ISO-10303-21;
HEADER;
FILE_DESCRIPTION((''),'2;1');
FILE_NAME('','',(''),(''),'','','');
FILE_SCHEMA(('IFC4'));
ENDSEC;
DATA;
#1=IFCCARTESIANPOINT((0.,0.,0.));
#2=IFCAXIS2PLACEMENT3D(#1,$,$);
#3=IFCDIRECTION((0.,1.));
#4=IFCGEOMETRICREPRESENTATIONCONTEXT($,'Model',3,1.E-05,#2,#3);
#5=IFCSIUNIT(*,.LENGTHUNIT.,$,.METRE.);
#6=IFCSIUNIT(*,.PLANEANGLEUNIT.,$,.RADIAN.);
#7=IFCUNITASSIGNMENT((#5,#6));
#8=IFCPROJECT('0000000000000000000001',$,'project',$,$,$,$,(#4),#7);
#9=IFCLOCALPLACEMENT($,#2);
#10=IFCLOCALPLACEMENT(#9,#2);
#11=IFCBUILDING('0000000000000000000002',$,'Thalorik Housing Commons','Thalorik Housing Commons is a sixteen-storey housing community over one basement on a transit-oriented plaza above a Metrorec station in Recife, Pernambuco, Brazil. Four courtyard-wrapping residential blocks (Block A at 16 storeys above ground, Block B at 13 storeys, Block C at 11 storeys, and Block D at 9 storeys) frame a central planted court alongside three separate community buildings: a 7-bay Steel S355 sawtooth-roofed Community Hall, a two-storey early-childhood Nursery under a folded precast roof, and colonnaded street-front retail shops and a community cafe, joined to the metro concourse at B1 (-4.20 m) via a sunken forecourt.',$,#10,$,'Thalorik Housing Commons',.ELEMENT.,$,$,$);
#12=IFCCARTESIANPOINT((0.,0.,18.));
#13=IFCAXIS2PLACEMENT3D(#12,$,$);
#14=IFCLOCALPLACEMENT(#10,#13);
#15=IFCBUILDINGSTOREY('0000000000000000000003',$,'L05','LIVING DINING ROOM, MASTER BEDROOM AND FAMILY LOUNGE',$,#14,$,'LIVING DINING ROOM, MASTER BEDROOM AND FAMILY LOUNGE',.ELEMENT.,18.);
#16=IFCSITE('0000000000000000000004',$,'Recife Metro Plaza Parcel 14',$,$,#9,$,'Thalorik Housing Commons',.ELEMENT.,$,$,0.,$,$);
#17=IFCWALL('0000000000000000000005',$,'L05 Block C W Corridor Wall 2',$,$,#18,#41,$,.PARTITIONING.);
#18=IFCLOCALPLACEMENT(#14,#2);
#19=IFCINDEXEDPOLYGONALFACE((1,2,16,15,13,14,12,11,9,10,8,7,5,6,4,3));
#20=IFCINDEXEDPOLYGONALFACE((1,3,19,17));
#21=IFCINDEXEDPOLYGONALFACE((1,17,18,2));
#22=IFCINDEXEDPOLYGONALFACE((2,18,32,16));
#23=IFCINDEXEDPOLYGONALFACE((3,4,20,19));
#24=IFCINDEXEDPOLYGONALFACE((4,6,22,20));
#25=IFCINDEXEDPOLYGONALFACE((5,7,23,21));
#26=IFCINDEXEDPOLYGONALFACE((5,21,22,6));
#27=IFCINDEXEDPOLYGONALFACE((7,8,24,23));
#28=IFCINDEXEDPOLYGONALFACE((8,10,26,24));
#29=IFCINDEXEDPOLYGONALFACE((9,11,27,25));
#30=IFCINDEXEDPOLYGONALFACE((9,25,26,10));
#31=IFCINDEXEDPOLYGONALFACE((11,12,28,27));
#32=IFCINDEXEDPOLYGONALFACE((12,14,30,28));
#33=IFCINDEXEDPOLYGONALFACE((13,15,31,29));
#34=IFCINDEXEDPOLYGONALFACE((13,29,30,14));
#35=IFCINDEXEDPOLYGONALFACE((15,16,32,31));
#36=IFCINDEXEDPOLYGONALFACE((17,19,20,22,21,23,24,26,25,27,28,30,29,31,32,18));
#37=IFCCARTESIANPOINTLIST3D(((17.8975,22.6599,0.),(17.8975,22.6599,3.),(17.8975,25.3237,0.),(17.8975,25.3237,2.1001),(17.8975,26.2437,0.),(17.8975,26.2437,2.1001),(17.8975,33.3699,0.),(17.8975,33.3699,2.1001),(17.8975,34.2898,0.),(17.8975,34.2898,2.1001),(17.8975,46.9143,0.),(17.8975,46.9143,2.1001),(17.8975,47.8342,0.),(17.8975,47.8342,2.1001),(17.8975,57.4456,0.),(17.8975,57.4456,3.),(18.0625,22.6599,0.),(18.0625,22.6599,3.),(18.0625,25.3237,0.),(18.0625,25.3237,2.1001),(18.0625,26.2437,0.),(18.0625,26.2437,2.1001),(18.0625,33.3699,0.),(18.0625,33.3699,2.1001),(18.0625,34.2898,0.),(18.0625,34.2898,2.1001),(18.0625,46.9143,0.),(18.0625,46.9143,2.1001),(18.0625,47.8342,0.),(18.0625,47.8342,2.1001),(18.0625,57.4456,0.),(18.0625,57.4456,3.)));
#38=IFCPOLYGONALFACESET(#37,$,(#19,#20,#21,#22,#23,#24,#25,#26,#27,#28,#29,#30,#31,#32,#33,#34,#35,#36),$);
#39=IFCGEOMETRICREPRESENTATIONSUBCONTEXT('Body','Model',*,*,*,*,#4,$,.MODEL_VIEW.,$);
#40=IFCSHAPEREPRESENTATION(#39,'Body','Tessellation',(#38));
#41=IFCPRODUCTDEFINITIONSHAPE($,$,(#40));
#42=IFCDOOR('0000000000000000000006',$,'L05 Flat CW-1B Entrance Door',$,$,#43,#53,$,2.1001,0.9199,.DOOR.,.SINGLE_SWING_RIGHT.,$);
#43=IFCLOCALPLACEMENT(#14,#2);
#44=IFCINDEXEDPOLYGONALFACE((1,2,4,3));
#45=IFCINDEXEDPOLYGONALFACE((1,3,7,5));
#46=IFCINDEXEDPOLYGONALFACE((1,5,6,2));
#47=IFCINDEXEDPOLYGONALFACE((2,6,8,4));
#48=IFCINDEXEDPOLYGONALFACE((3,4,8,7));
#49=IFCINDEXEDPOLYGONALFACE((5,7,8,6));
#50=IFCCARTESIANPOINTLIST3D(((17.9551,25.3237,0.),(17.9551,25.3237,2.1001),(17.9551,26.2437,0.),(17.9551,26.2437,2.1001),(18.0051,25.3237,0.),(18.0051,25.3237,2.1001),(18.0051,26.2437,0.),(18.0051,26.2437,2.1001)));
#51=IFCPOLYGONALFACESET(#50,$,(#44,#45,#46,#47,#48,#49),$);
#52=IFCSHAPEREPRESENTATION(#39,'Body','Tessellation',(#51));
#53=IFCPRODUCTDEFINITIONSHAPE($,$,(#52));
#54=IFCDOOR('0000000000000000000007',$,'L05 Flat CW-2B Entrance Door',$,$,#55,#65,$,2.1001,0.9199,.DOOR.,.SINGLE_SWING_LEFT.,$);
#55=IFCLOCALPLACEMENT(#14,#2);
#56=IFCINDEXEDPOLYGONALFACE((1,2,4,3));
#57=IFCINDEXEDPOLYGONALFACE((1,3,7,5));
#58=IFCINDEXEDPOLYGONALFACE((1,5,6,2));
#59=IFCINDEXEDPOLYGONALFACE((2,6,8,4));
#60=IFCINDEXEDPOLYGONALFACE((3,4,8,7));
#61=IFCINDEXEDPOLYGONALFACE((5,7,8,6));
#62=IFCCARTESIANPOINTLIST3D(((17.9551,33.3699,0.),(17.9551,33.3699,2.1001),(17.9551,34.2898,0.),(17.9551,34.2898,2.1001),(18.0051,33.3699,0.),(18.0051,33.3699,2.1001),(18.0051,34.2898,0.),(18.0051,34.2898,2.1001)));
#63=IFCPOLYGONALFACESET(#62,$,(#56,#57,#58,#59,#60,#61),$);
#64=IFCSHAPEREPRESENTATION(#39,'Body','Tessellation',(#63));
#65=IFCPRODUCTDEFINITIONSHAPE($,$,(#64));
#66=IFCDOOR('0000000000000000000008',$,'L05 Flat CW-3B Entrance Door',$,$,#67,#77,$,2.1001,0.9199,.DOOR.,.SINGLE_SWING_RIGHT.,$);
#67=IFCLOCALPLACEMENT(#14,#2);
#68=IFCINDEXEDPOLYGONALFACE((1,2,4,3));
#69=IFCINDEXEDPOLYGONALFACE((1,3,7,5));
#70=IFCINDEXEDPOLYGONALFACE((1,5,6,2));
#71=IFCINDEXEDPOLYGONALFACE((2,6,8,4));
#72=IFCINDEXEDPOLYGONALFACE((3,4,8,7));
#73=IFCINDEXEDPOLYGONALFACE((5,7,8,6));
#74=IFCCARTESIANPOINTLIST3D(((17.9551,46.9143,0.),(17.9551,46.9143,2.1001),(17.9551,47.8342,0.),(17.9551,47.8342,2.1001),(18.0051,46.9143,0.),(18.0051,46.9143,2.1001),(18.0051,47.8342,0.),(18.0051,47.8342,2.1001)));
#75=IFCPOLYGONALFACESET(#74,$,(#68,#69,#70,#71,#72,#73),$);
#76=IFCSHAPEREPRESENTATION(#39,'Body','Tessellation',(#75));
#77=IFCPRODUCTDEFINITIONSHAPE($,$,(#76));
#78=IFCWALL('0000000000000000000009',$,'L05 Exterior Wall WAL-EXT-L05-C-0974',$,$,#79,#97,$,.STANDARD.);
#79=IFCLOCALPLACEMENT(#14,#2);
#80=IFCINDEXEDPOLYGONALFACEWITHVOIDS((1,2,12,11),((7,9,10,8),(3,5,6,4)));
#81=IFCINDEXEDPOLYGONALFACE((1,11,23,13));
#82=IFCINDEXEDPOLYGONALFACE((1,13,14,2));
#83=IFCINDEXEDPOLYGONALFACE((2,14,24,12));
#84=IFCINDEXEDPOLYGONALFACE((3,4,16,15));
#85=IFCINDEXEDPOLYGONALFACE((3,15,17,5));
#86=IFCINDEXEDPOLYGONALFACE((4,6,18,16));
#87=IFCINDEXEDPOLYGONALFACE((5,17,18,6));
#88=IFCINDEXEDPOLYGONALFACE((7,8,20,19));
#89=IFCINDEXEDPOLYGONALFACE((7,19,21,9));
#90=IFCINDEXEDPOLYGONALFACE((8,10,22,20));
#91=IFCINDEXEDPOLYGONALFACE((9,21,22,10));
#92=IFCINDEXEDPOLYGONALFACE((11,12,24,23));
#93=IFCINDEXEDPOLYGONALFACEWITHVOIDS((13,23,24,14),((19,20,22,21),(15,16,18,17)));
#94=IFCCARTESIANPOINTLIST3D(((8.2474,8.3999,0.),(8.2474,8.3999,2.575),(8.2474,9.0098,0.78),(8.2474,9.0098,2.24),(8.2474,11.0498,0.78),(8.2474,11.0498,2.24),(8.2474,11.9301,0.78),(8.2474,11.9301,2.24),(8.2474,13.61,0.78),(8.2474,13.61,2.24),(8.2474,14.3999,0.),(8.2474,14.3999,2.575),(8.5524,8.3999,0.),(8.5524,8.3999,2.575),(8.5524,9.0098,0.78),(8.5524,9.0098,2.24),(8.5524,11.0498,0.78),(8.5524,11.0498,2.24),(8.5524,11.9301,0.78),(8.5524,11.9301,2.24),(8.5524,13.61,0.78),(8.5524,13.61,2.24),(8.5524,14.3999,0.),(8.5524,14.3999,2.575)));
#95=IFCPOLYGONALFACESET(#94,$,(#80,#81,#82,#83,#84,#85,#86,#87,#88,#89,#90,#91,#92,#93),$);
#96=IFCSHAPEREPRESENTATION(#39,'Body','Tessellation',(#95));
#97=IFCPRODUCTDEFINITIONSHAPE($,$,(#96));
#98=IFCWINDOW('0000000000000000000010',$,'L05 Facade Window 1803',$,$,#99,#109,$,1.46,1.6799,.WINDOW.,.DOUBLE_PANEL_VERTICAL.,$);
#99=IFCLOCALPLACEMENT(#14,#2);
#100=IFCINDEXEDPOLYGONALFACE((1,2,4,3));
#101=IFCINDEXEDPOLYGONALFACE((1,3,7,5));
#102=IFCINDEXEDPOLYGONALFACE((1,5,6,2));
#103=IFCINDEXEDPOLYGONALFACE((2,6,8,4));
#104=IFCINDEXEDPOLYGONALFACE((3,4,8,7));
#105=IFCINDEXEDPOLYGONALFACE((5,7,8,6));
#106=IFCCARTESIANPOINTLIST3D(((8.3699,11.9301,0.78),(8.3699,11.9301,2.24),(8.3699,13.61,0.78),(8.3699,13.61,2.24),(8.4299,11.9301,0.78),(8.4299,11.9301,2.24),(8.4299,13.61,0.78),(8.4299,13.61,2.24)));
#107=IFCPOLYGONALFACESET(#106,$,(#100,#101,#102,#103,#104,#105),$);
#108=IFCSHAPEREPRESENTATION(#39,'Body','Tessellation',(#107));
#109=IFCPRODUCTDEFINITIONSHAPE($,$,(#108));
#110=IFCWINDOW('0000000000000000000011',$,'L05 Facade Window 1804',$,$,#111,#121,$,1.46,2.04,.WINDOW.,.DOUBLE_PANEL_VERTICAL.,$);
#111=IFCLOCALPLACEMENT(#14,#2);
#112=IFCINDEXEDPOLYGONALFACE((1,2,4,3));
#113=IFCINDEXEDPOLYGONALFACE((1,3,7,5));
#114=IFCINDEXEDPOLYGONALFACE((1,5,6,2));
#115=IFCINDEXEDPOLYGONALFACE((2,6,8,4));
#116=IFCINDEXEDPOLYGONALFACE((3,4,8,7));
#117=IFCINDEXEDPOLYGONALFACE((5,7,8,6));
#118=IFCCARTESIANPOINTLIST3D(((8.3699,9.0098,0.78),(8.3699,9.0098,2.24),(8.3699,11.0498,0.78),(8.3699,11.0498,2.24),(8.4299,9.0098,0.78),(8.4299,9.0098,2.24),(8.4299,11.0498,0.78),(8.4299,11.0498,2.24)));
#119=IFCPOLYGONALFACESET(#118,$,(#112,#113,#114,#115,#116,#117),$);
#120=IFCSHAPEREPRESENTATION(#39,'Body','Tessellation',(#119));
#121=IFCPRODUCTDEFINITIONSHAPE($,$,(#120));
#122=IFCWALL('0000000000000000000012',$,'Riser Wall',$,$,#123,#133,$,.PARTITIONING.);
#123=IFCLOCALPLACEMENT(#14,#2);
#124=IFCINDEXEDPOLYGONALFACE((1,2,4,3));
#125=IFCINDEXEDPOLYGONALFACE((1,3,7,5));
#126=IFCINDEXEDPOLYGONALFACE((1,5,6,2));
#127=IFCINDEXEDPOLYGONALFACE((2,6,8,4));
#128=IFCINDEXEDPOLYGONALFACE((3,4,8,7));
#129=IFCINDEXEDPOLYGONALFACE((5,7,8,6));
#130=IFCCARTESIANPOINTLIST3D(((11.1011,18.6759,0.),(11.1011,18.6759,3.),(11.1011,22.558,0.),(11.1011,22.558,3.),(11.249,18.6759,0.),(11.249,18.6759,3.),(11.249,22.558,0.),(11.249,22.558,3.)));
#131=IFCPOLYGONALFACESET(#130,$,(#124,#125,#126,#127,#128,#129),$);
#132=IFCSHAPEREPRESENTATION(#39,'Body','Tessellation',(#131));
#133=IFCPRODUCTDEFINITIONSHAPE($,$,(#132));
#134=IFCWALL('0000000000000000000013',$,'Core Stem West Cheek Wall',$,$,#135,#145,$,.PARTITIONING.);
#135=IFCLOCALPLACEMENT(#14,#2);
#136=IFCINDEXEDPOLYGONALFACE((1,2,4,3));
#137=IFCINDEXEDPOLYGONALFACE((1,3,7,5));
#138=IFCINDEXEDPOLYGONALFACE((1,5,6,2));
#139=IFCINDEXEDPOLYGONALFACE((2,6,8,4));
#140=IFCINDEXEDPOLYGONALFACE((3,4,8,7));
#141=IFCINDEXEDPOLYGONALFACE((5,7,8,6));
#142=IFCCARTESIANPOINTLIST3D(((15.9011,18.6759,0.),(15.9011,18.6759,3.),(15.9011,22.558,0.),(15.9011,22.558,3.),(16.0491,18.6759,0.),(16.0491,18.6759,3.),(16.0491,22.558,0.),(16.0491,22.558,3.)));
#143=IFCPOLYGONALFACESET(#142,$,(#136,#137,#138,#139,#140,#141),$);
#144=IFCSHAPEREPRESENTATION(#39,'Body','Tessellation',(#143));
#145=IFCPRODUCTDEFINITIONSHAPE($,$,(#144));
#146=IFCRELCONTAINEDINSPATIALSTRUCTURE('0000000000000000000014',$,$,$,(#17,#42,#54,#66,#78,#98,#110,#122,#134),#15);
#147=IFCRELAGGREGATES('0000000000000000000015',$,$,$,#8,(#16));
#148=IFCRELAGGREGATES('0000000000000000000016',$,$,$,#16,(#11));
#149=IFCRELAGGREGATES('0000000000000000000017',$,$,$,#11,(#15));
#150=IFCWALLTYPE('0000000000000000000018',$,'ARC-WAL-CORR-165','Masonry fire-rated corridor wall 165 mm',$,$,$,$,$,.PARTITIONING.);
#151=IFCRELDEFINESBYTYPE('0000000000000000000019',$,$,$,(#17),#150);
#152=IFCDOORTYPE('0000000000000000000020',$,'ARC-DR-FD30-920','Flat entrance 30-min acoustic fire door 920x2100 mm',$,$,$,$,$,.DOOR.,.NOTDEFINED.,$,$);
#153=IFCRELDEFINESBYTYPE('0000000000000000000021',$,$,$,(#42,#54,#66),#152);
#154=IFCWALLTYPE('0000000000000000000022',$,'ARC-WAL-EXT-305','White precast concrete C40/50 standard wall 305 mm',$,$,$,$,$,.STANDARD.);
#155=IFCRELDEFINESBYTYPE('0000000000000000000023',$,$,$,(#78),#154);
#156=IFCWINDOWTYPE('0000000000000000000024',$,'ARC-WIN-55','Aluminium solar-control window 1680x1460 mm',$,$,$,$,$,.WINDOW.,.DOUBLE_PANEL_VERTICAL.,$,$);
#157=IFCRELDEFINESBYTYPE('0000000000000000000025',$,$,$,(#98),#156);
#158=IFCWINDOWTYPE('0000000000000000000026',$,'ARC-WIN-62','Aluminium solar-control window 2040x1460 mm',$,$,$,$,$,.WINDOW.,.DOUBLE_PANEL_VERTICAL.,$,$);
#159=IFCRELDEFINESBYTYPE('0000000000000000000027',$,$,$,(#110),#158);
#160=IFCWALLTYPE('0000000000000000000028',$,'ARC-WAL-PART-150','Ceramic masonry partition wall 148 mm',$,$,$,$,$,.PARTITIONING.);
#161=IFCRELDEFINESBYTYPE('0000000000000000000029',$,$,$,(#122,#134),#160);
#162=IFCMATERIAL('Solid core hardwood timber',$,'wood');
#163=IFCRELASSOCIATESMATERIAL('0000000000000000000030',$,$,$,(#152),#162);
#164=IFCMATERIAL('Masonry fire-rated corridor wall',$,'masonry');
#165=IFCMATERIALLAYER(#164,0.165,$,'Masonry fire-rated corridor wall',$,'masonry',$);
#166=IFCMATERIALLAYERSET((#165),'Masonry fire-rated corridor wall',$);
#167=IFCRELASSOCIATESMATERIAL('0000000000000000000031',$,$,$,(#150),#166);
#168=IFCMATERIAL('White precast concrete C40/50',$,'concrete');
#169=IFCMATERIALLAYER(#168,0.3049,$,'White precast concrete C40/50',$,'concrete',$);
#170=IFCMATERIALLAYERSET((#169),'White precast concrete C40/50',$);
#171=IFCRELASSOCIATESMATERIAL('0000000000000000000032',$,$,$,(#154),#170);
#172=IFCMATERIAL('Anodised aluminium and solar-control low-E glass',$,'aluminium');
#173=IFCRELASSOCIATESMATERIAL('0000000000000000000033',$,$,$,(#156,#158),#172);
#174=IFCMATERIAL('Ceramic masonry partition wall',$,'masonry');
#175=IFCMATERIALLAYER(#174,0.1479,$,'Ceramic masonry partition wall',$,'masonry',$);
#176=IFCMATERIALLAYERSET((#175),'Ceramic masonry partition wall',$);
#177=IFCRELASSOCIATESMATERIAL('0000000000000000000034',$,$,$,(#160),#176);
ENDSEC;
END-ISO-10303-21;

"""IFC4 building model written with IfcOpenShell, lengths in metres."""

from ifc_helpers import new_model, si_unit, direction, frame, frame_2d, origin, place, context, subcontext, project, spatial, rectangle, extrude, material, layer, layer_set, type_object, element, fill, save


model = new_model("IFC4")

# Units and contexts
model_context = context("Model", 3, precision=1e-05, world=origin(), true_north=direction((0.0, 1.0)))
body_context = subcontext(model_context, "Body", "Model", "MODEL_VIEW")
ifc_project = project(units=[si_unit("LENGTHUNIT", "METRE"), si_unit("PLANEANGLEUNIT", "RADIAN")], contexts=[model_context])

# Site, building, storey
site_placement = place(None, origin())
site = spatial("IfcSite", under=ifc_project, at=site_placement, Name="Recife Metro Plaza Parcel 14", LongName="Thalorik Housing Commons", CompositionType="ELEMENT", RefElevation=0.0)
building_placement = place(site_placement, origin())
building = spatial("IfcBuilding", under=site, at=building_placement, Name="Thalorik Housing Commons", Description="Thalorik Housing Commons is a sixteen-storey housing community over one basement on a transit-oriented plaza above a Metrorec station in Recife, Pernambuco, Brazil. Four courtyard-wrapping residential blocks (Block A at 16 storeys above ground, Block B at 13 storeys, Block C at 11 storeys, and Block D at 9 storeys) frame a central planted court alongside three separate community buildings: a 7-bay Steel S355 sawtooth-roofed Community Hall, a two-storey early-childhood Nursery under a folded precast roof, and colonnaded street-front retail shops and a community cafe, joined to the metro concourse at B1 (-4.20 m) via a sunken forecourt.", LongName="Thalorik Housing Commons", CompositionType="ELEMENT")
storey_placement = place(building_placement, frame((0.0, 0.0, 18.0)))
storey = spatial("IfcBuildingStorey", under=building, at=storey_placement, Name="L05", Description="LIVING DINING ROOM, MASTER BEDROOM AND FAMILY LOUNGE", LongName="LIVING DINING ROOM, MASTER BEDROOM AND FAMILY LOUNGE", CompositionType="ELEMENT", Elevation=18.0)

# Wall, openings, doors
ifc_material_1 = material(Name="Masonry fire-rated corridor wall", Category="masonry")
ifc_material_2 = material(Name="Solid core hardwood timber", Category="wood")
door_type_1 = type_object("IfcDoorType", Name="ARC-DR-FD30-920", Description="Flat entrance 30-min acoustic fire door 920x2100 mm", OperationType="NOTDEFINED", PredefinedType="DOOR", material=ifc_material_2)
ifc_layer_1 = layer(ifc_material_1, 0.165, Name="Masonry fire-rated corridor wall", Category="masonry")
ifc_layer_set_1 = layer_set([ifc_layer_1], Name="Masonry fire-rated corridor wall")
wall_type_1 = type_object("IfcWallType", Name="ARC-WAL-CORR-165", Description="Masonry fire-rated corridor wall 165 mm", PredefinedType="PARTITIONING", material=ifc_layer_set_1)
wall_1_placement = place(storey_placement, frame((17.98, 22.6599, 0.0), z_axis=(0.0, 0.0, 1.0), x_axis=(0.0, 1.0, 0.0)))
wall_1 = element("IfcWall", 1, at=wall_1_placement, inside=storey, type_object=wall_type_1, Name="L05 Block C W Corridor Wall 2", PredefinedType="PARTITIONING", context=body_context, shape_type="SweptSolid", body=[
    extrude(rectangle(XDim=34.7856, YDim=0.165, at=frame_2d((17.3928, 0.0))), origin(), (0.0, 0.0, 1.0), 3.0),
])
opening_1_placement = place(wall_1_placement, frame((2.6638, 0.0, 0.0)))
opening_1 = element("IfcOpeningElement", 2, at=opening_1_placement, cuts=wall_1, PredefinedType="OPENING", context=body_context, shape_type="SweptSolid", body=[
    extrude(rectangle(XDim=0.9199, YDim=2.1001, at=frame_2d((0.46, 1.05))), frame((0.0, 0.0925, 0.0), z_axis=(0.0, -1.0, 0.0), x_axis=(1.0, 0.0, 0.0)), (0.0, 0.0, 1.0), 0.1851),
])
opening_2_placement = place(wall_1_placement, frame((10.71, 0.0, 0.0)))
opening_2 = element("IfcOpeningElement", 3, at=opening_2_placement, cuts=wall_1, PredefinedType="OPENING", context=body_context, shape_type="SweptSolid", body=[
    extrude(rectangle(XDim=0.9199, YDim=2.1001, at=frame_2d((0.46, 1.05))), frame((0.0, 0.0925, 0.0), z_axis=(0.0, -1.0, 0.0), x_axis=(1.0, 0.0, 0.0)), (0.0, 0.0, 1.0), 0.1851),
])
opening_3_placement = place(wall_1_placement, frame((24.2544, 0.0, 0.0)))
opening_3 = element("IfcOpeningElement", 4, at=opening_3_placement, cuts=wall_1, PredefinedType="OPENING", context=body_context, shape_type="SweptSolid", body=[
    extrude(rectangle(XDim=0.9199, YDim=2.1001, at=frame_2d((0.46, 1.05))), frame((0.0, 0.0925, 0.0), z_axis=(0.0, -1.0, 0.0), x_axis=(1.0, 0.0, 0.0)), (0.0, 0.0, 1.0), 0.1851),
])
door_1_placement = place(opening_1_placement, origin())
door_1 = element("IfcDoor", 5, at=door_1_placement, inside=storey, type_object=door_type_1, Name="L05 Flat CW-1B Entrance Door", OperationType="SINGLE_SWING_RIGHT", OverallHeight=2.1001, OverallWidth=0.9199, PredefinedType="DOOR", context=body_context, shape_type="SweptSolid", body=[
    extrude(rectangle(XDim=0.9199, YDim=2.1001, at=frame_2d((0.46, 1.05))), frame((0.0, 0.0249, 0.0), z_axis=(0.0, -1.0, 0.0), x_axis=(1.0, 0.0, 0.0)), (0.0, 0.0, 1.0), 0.05),
])
fill(opening_1, door_1)
door_2_placement = place(opening_2_placement, origin())
door_2 = element("IfcDoor", 6, at=door_2_placement, inside=storey, type_object=door_type_1, Name="L05 Flat CW-2B Entrance Door", OperationType="SINGLE_SWING_LEFT", OverallHeight=2.1001, OverallWidth=0.9199, PredefinedType="DOOR", context=body_context, shape_type="SweptSolid", body=[
    extrude(rectangle(XDim=0.9199, YDim=2.1001, at=frame_2d((0.46, 1.05))), frame((0.0, 0.0249, 0.0), z_axis=(0.0, -1.0, 0.0), x_axis=(1.0, 0.0, 0.0)), (0.0, 0.0, 1.0), 0.05),
])
fill(opening_2, door_2)
door_3_placement = place(opening_3_placement, origin())
door_3 = element("IfcDoor", 7, at=door_3_placement, inside=storey, type_object=door_type_1, Name="L05 Flat CW-3B Entrance Door", OperationType="SINGLE_SWING_RIGHT", OverallHeight=2.1001, OverallWidth=0.9199, PredefinedType="DOOR", context=body_context, shape_type="SweptSolid", body=[
    extrude(rectangle(XDim=0.9199, YDim=2.1001, at=frame_2d((0.46, 1.05))), frame((0.0, 0.0249, 0.0), z_axis=(0.0, -1.0, 0.0), x_axis=(1.0, 0.0, 0.0)), (0.0, 0.0, 1.0), 0.05),
])
fill(opening_3, door_3)

# Wall, openings, windows
ifc_material_3 = material(Name="White precast concrete C40/50", Category="concrete")
ifc_layer_2 = layer(ifc_material_3, 0.3049, Name="White precast concrete C40/50", Category="concrete")
ifc_layer_set_2 = layer_set([ifc_layer_2], Name="White precast concrete C40/50")
wall_type_2 = type_object("IfcWallType", Name="ARC-WAL-EXT-305", Description="White precast concrete C40/50 standard wall 305 mm", PredefinedType="STANDARD", material=ifc_layer_set_2)
wall_2_placement = place(storey_placement, frame((8.3999, 14.3999, 0.0), z_axis=(0.0, 0.0, 1.0), x_axis=(0.0, -1.0, 0.0)))
wall_2 = element("IfcWall", 8, at=wall_2_placement, inside=storey, type_object=wall_type_2, Name="L05 Exterior Wall WAL-EXT-L05-C-0974", PredefinedType="STANDARD", context=body_context, shape_type="SweptSolid", body=[
    extrude(rectangle(XDim=6.0, YDim=0.3049, at=frame_2d((3.0, 0.0))), origin(), (0.0, 0.0, 1.0), 2.575),
])
opening_4_placement = place(wall_2_placement, frame((0.79, 0.0, 0.78)))
opening_4 = element("IfcOpeningElement", 9, at=opening_4_placement, cuts=wall_2, PredefinedType="OPENING", context=body_context, shape_type="SweptSolid", body=[
    extrude(rectangle(XDim=1.6799, YDim=1.46, at=frame_2d((0.8398, 0.73))), frame((0.0, 0.1626, 0.0), z_axis=(0.0, -1.0, 0.0), x_axis=(1.0, 0.0, 0.0)), (0.0, 0.0, 1.0), 0.325),
])
opening_5_placement = place(wall_2_placement, frame((3.3501, 0.0, 0.78)))
opening_5 = element("IfcOpeningElement", 10, at=opening_5_placement, cuts=wall_2, PredefinedType="OPENING", context=body_context, shape_type="SweptSolid", body=[
    extrude(rectangle(XDim=2.04, YDim=1.46, at=frame_2d((1.02, 0.73))), frame((0.0, 0.1626, 0.0), z_axis=(0.0, -1.0, 0.0), x_axis=(1.0, 0.0, 0.0)), (0.0, 0.0, 1.0), 0.325),
])
ifc_material_4 = material(Name="Anodised aluminium and solar-control low-E glass", Category="aluminium")
window_type_1 = type_object("IfcWindowType", Name="ARC-WIN-55", Description="Aluminium solar-control window 1680x1460 mm", PartitioningType="DOUBLE_PANEL_VERTICAL", PredefinedType="WINDOW", material=ifc_material_4)
window_1_placement = place(opening_4_placement, origin())
window_1 = element("IfcWindow", 11, at=window_1_placement, inside=storey, type_object=window_type_1, Name="L05 Facade Window 1803", OverallHeight=1.46, OverallWidth=1.6799, PartitioningType="DOUBLE_PANEL_VERTICAL", PredefinedType="WINDOW", context=body_context, shape_type="SweptSolid", body=[
    extrude(rectangle(XDim=1.6799, YDim=1.46, at=frame_2d((0.8398, 0.73))), frame((0.0, 0.03, 0.0), z_axis=(0.0, -1.0, 0.0), x_axis=(1.0, 0.0, 0.0)), (0.0, 0.0, 1.0), 0.0601),
])
fill(opening_4, window_1)
window_type_2 = type_object("IfcWindowType", Name="ARC-WIN-62", Description="Aluminium solar-control window 2040x1460 mm", PartitioningType="DOUBLE_PANEL_VERTICAL", PredefinedType="WINDOW", material=ifc_material_4)
window_2_placement = place(opening_5_placement, origin())
window_2 = element("IfcWindow", 12, at=window_2_placement, inside=storey, type_object=window_type_2, Name="L05 Facade Window 1804", OverallHeight=1.46, OverallWidth=2.04, PartitioningType="DOUBLE_PANEL_VERTICAL", PredefinedType="WINDOW", context=body_context, shape_type="SweptSolid", body=[
    extrude(rectangle(XDim=2.04, YDim=1.46, at=frame_2d((1.02, 0.73))), frame((0.0, 0.03, 0.0), z_axis=(0.0, -1.0, 0.0), x_axis=(1.0, 0.0, 0.0)), (0.0, 0.0, 1.0), 0.0601),
])
fill(opening_5, window_2)

# Walls
ifc_material_5 = material(Name="Ceramic masonry partition wall", Category="masonry")
ifc_layer_3 = layer(ifc_material_5, 0.1479, Name="Ceramic masonry partition wall", Category="masonry")
ifc_layer_set_3 = layer_set([ifc_layer_3], Name="Ceramic masonry partition wall")
wall_type_3 = type_object("IfcWallType", Name="ARC-WAL-PART-150", Description="Ceramic masonry partition wall 148 mm", PredefinedType="PARTITIONING", material=ifc_layer_set_3)
for number, where, z_axis, x_axis, name in (
    (13, (11.175, 18.676, 0.0), (0.0, 0.0, 1.0), (0.0, 1.0, 0.0), "Riser Wall"),
    (14, (15.9751, 18.676, 0.0), (0.0, 0.0, 1.0), (0.0, 1.0, 0.0), "Core Stem West Cheek Wall"),
):
    element("IfcWall", number, at=place(storey_placement, frame(where, z_axis=z_axis, x_axis=x_axis)), inside=storey, type_object=wall_type_3, Name=name, PredefinedType="PARTITIONING", context=body_context, shape_type="SweptSolid", body=[
        extrude(rectangle(XDim=3.8821, YDim=0.1479, at=frame_2d((1.9409, 0.0))), origin(), (0.0, 0.0, 1.0), 3.0),
    ])

save(model, "model.ifc")
